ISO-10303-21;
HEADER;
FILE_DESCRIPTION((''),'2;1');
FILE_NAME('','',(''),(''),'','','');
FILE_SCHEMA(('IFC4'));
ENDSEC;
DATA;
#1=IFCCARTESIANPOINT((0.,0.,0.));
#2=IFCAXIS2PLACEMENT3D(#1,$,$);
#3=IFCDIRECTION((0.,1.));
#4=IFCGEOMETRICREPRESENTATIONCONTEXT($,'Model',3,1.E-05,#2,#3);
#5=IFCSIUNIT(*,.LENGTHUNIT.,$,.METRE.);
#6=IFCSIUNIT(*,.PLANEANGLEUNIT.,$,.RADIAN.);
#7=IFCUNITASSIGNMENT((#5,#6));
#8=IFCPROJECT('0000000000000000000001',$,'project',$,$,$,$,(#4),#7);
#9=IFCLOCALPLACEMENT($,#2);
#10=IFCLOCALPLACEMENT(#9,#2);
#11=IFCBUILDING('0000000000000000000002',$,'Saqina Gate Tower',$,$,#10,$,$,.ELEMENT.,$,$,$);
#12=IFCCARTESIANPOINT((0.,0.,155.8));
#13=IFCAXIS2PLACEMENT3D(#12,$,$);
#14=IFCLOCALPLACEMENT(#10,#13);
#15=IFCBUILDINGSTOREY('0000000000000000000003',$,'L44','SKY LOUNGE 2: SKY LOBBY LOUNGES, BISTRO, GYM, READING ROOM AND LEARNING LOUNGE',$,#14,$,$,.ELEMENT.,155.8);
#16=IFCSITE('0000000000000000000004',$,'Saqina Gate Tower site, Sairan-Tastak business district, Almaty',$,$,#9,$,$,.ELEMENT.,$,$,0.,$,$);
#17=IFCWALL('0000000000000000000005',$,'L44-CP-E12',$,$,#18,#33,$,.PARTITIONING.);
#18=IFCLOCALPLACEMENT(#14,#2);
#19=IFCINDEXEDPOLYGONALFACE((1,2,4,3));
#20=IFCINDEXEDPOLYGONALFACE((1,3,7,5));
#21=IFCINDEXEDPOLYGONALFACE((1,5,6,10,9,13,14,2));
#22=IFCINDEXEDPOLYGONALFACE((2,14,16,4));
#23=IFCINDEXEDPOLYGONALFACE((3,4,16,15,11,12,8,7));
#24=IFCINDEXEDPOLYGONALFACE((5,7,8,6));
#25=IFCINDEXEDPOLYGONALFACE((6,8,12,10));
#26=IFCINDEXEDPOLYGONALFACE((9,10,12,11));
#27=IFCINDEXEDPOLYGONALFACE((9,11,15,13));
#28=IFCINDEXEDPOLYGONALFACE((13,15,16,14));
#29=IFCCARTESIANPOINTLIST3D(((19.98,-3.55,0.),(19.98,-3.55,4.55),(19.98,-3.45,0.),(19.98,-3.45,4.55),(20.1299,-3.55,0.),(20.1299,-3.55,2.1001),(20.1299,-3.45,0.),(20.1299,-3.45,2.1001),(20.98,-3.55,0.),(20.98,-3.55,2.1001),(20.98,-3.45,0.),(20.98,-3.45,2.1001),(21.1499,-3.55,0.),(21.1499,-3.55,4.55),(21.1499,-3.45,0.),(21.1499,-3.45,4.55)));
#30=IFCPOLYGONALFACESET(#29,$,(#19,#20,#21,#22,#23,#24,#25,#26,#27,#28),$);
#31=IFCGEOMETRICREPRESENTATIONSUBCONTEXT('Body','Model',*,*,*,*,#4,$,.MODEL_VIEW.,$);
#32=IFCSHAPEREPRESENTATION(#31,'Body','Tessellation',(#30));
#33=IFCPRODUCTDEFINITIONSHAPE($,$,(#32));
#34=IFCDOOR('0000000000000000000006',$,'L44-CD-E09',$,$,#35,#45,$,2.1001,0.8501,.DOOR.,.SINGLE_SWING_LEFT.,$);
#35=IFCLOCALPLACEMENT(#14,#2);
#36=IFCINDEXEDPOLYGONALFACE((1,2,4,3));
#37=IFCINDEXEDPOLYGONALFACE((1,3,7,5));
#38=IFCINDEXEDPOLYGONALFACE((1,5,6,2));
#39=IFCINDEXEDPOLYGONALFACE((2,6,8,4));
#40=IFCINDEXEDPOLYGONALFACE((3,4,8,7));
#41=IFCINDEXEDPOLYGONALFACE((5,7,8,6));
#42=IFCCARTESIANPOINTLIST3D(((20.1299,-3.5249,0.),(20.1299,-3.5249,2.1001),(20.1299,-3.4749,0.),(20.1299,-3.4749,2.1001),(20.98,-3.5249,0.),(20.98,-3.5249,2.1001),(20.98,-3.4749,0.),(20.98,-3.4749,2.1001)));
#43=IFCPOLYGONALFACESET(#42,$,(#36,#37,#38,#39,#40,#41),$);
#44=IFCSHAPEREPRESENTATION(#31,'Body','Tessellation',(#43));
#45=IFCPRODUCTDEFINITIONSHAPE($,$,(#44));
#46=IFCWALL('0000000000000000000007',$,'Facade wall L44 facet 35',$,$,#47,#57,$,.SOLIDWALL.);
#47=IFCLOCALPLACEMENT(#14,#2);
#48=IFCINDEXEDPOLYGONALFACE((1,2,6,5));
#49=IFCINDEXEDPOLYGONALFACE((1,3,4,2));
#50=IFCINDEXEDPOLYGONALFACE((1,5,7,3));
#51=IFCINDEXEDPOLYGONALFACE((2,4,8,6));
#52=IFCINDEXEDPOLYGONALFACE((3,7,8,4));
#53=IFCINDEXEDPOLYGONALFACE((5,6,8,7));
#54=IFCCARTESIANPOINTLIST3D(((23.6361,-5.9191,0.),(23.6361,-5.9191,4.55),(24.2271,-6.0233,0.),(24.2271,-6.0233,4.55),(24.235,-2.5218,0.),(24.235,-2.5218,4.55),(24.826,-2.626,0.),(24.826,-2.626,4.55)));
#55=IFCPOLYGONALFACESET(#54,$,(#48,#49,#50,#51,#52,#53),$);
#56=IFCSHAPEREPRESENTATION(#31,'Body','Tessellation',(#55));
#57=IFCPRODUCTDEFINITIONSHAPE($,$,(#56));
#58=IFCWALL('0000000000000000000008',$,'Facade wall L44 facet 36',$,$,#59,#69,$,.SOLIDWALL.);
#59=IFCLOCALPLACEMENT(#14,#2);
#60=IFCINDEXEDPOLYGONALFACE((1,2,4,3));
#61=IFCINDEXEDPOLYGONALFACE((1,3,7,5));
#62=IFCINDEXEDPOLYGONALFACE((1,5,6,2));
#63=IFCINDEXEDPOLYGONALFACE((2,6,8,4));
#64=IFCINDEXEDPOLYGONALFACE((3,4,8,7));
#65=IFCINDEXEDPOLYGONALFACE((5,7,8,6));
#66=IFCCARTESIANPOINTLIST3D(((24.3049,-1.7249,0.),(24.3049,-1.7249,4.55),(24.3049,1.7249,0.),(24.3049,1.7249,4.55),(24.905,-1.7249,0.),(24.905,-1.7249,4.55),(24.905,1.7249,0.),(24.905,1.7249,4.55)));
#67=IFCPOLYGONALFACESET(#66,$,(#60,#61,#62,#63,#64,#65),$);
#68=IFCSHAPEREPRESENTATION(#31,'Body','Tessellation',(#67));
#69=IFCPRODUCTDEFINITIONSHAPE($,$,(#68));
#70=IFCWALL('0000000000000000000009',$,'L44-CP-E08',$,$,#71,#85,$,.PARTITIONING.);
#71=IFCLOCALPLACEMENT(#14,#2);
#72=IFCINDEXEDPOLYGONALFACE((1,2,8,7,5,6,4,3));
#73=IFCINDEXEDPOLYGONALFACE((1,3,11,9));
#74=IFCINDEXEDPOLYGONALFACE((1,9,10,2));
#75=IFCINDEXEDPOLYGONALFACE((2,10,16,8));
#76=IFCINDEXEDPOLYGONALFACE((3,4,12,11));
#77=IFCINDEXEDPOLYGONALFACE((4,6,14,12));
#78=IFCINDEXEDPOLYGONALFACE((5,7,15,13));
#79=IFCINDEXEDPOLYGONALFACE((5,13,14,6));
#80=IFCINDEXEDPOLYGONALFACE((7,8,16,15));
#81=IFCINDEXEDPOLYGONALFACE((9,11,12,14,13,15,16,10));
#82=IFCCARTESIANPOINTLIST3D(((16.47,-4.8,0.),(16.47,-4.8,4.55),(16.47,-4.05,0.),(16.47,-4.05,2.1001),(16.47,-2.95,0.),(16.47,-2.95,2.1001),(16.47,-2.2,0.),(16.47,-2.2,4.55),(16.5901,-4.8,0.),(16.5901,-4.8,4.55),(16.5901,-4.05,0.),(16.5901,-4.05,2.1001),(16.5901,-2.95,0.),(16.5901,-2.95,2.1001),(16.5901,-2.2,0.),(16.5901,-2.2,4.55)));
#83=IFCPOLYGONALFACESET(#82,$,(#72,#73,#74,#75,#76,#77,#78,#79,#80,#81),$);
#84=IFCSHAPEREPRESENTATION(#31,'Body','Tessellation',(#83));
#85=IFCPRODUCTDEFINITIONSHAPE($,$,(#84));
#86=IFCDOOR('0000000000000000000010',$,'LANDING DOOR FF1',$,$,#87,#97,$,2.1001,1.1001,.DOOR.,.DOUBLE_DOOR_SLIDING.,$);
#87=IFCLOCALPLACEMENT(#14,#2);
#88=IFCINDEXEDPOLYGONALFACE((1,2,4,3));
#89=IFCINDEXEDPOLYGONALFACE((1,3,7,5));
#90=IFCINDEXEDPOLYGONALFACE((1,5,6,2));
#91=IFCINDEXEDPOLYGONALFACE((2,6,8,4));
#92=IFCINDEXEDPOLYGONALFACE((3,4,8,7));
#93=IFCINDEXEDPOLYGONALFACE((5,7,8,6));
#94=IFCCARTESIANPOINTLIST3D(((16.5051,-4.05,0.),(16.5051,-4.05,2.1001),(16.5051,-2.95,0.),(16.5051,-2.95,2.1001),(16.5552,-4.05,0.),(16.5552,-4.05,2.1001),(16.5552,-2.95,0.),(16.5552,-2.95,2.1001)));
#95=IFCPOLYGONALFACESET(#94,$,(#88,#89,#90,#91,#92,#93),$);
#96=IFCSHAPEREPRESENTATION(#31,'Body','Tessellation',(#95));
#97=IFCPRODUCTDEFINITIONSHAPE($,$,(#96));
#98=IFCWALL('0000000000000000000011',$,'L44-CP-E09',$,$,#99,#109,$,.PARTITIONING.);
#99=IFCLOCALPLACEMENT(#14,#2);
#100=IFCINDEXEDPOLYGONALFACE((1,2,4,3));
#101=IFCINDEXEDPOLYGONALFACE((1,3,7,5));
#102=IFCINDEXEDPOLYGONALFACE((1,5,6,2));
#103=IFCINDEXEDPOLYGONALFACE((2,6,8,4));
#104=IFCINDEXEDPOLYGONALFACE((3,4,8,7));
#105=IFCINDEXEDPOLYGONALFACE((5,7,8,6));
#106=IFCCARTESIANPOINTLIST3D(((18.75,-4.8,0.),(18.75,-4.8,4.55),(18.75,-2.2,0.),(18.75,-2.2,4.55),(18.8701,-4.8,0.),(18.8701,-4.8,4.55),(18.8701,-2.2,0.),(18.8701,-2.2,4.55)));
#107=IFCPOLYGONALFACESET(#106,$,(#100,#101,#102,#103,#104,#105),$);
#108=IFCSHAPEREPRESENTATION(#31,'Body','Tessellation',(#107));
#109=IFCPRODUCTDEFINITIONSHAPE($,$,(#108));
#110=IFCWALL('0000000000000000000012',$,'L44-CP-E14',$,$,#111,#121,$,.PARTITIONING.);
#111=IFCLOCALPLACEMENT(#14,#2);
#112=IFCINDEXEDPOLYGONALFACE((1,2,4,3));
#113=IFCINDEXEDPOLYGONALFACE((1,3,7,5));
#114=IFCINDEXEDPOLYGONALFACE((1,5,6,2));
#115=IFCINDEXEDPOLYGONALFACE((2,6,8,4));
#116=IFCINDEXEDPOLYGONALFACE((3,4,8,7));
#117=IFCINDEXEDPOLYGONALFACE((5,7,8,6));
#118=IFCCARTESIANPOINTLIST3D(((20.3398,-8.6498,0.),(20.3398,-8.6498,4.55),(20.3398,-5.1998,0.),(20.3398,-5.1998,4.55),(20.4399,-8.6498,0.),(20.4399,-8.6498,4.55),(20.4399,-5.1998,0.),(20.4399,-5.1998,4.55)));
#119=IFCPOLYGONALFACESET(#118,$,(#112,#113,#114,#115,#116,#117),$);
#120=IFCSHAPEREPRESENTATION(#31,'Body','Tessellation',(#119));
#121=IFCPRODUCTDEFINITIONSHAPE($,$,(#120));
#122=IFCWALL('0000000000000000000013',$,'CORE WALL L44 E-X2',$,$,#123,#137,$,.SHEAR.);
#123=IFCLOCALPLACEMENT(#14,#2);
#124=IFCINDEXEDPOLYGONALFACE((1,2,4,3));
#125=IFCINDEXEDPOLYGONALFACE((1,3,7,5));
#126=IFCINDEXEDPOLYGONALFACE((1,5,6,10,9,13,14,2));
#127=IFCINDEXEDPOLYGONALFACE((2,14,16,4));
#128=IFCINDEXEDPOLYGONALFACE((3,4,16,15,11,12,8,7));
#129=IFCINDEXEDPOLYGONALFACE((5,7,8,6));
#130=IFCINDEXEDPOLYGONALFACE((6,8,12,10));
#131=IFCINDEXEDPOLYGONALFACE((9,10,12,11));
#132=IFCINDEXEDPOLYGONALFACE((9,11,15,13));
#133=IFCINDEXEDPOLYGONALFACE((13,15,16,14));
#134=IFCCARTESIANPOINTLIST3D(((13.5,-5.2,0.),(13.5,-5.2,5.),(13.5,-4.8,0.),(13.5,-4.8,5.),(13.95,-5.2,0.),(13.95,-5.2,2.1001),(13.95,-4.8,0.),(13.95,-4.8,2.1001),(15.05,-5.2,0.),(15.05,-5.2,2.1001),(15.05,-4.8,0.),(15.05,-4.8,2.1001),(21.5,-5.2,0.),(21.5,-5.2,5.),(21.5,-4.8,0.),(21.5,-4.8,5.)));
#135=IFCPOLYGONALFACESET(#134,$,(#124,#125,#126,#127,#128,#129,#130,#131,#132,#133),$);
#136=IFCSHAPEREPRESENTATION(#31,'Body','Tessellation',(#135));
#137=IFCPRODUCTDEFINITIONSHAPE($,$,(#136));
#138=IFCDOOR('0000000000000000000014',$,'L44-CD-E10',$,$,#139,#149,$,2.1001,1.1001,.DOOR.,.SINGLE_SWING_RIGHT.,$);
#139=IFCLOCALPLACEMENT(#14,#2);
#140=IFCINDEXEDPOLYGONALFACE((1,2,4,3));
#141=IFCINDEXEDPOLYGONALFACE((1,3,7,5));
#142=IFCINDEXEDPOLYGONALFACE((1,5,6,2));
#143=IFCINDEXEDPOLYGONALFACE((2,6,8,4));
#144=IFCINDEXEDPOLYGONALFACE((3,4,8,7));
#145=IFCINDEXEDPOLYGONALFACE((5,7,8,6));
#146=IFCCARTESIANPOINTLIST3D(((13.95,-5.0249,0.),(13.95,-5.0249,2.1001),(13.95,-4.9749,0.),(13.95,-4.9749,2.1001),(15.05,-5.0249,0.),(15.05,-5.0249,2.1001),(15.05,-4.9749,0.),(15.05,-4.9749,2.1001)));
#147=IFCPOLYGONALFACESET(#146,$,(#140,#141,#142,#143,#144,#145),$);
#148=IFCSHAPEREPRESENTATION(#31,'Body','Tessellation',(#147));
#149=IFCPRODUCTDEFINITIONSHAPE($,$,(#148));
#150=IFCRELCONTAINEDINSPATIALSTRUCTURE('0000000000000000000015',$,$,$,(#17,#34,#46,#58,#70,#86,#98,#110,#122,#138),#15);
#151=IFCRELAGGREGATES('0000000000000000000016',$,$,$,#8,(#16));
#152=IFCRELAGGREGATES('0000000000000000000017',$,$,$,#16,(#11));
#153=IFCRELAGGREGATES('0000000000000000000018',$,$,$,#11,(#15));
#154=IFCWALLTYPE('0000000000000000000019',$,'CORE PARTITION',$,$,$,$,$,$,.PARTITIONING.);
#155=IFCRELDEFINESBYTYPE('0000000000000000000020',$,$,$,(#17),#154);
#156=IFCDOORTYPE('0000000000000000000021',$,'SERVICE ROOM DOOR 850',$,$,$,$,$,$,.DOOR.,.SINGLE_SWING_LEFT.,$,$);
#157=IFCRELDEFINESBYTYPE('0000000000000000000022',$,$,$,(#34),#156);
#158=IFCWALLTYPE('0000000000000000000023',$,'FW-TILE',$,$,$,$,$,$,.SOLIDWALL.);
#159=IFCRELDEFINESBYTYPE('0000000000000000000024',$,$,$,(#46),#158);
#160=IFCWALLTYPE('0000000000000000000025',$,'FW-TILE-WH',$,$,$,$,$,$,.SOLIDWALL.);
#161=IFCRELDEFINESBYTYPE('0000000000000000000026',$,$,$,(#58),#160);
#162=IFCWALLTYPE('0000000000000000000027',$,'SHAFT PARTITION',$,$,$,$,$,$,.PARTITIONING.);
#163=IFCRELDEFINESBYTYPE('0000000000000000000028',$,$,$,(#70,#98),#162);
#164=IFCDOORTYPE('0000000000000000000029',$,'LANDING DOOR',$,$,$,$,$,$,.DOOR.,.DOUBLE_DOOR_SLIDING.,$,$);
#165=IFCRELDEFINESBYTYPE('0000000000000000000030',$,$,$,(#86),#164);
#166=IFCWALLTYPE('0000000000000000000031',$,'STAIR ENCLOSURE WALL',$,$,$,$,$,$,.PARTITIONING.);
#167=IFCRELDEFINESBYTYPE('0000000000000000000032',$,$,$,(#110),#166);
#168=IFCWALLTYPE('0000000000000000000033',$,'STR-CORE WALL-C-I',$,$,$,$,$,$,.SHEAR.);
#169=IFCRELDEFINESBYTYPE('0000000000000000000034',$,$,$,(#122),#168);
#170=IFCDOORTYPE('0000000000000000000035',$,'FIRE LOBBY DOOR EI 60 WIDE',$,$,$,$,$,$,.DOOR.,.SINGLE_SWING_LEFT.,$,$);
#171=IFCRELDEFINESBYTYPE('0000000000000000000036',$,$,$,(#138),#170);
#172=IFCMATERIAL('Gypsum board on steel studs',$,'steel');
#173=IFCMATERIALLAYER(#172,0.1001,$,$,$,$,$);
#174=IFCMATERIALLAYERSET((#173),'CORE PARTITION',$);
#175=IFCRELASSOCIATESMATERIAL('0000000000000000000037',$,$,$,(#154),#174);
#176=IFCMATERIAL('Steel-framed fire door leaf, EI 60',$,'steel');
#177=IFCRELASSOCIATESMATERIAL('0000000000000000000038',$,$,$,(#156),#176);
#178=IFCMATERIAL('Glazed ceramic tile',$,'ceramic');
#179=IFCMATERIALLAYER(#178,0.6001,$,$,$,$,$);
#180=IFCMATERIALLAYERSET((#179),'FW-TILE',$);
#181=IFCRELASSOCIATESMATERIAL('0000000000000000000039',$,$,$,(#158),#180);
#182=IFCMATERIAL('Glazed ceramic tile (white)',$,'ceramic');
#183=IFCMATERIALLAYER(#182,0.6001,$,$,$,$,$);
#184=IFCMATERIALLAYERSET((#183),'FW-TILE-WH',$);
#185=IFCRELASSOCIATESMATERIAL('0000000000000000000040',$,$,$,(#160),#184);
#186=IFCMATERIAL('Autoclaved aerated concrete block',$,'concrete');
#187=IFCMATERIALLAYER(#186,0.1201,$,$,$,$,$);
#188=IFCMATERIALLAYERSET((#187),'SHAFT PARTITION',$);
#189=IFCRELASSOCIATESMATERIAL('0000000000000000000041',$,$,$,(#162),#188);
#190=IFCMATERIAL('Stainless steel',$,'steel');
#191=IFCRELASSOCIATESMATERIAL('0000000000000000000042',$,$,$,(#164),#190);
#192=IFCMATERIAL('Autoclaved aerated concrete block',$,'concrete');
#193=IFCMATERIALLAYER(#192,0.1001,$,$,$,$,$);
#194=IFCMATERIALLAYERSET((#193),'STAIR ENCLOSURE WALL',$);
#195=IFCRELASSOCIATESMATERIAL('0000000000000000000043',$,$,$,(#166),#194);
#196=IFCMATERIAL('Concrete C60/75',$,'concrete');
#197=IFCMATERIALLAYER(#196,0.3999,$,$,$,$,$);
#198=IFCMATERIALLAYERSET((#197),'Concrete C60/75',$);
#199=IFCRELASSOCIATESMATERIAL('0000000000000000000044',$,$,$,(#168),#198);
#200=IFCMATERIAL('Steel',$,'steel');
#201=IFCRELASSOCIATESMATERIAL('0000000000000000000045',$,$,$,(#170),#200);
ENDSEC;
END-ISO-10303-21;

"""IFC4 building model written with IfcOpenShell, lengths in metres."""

from ifc_helpers import new_model, si_unit, direction, frame, frame_2d, origin, place, context, subcontext, project, spatial, rectangle, extrude, material, layer, layer_set, type_object, element, fill, save


model = new_model("IFC4")

# Units and contexts
model_context = context("Model", 3, precision=1e-05, world=origin(), true_north=direction((0.0, 1.0)))
body_context = subcontext(model_context, "Body", "Model", "MODEL_VIEW")
ifc_project = project(units=[si_unit("LENGTHUNIT", "METRE"), si_unit("PLANEANGLEUNIT", "RADIAN")], contexts=[model_context])

# Site, building, storey
site_placement = place(None, origin())
site = spatial("IfcSite", under=ifc_project, at=site_placement, Name="Saqina Gate Tower site, Sairan-Tastak business district, Almaty", CompositionType="ELEMENT", RefElevation=0.0)
building_placement = place(site_placement, origin())
building = spatial("IfcBuilding", under=site, at=building_placement, Name="Saqina Gate Tower", CompositionType="ELEMENT")
storey_placement = place(building_placement, frame((0.0, 0.0, 155.8)))
storey = spatial("IfcBuildingStorey", under=building, at=storey_placement, Name="L44", Description="SKY LOUNGE 2: SKY LOBBY LOUNGES, BISTRO, GYM, READING ROOM AND LEARNING LOUNGE", CompositionType="ELEMENT", Elevation=155.8)

# Shared definitions
ifc_material_1 = material(Name="Gypsum board on steel studs", Category="steel")
ifc_layer_1 = layer(ifc_material_1, 0.1001)
ifc_layer_set_1 = layer_set([ifc_layer_1], Name="CORE PARTITION")
wall_type_1 = type_object("IfcWallType", Name="CORE PARTITION", PredefinedType="PARTITIONING", material=ifc_layer_set_1)

# Wall, opening, door
ifc_material_2 = material(Name="Steel-framed fire door leaf, EI 60", Category="steel")
door_type_1 = type_object("IfcDoorType", Name="SERVICE ROOM DOOR 850", OperationType="SINGLE_SWING_LEFT", PredefinedType="DOOR", material=ifc_material_2)
wall_1_placement = place(storey_placement, frame((19.98, -3.5, 0.0), z_axis=(0.0, 0.0, 1.0), x_axis=(1.0, 0.0, 0.0)))
wall_1 = element("IfcWall", 1, at=wall_1_placement, inside=storey, type_object=wall_type_1, Name="L44-CP-E12", PredefinedType="PARTITIONING", context=body_context, shape_type="SweptSolid", body=[
    extrude(rectangle(XDim=1.1699, YDim=0.1001, at=frame_2d((0.585, 0.0))), origin(), (0.0, 0.0, 1.0), 4.55),
])
opening_1_placement = place(wall_1_placement, frame((0.1499, 0.0, 0.0)))
opening_1 = element("IfcOpeningElement", 2, at=opening_1_placement, cuts=wall_1, PredefinedType="OPENING", context=body_context, shape_type="SweptSolid", body=[
    extrude(rectangle(XDim=0.8501, YDim=2.1001, at=frame_2d((0.425, 1.05))), frame((0.0, 0.062, 0.0), z_axis=(0.0, -1.0, 0.0), x_axis=(1.0, 0.0, 0.0)), (0.0, 0.0, 1.0), 0.124),
])
door_1_placement = place(opening_1_placement, frame((0.8501, 0.0, 0.0), z_axis=(0.0, 0.0, 1.0), x_axis=(-1.0, 0.0, 0.0)))
door_1 = element("IfcDoor", 3, at=door_1_placement, inside=storey, type_object=door_type_1, Name="L44-CD-E09", OperationType="SINGLE_SWING_LEFT", OverallHeight=2.1001, OverallWidth=0.8501, PredefinedType="DOOR", context=body_context, shape_type="SweptSolid", body=[
    extrude(rectangle(XDim=0.8501, YDim=2.1001, at=frame_2d((0.425, 1.05))), frame((0.0, 0.0249, 0.0), z_axis=(0.0, -1.0, 0.0), x_axis=(1.0, 0.0, 0.0)), (0.0, 0.0, 1.0), 0.05),
])
fill(opening_1, door_1)

# Walls
ifc_material_3 = material(Name="Glazed ceramic tile", Category="ceramic")
ifc_layer_2 = layer(ifc_material_3, 0.6001)
ifc_layer_set_2 = layer_set([ifc_layer_2], Name="FW-TILE")
wall_type_2 = type_object("IfcWallType", Name="FW-TILE", PredefinedType="SOLIDWALL", material=ifc_layer_set_2)
wall_2_placement = place(storey_placement, frame((23.9316, -5.9712, 0.0), z_axis=(0.0, 0.0, 1.0), x_axis=(0.173608, 0.984815, 0.0)))
element("IfcWall", 4, at=wall_2_placement, inside=storey, type_object=wall_type_2, Name="Facade wall L44 facet 35", PredefinedType="SOLIDWALL", context=body_context, shape_type="SweptSolid", body=[
    extrude(rectangle(XDim=3.4497, YDim=0.6001, at=frame_2d((1.7249, 0.0))), origin(), (0.0, 0.0, 1.0), 4.55),
])
ifc_material_4 = material(Name="Glazed ceramic tile (white)", Category="ceramic")
ifc_layer_3 = layer(ifc_material_4, 0.6001)
ifc_layer_set_3 = layer_set([ifc_layer_3], Name="FW-TILE-WH")
wall_type_3 = type_object("IfcWallType", Name="FW-TILE-WH", PredefinedType="SOLIDWALL", material=ifc_layer_set_3)
wall_3_placement = place(storey_placement, frame((24.605, -1.7249, 0.0), z_axis=(0.0, 0.0, 1.0), x_axis=(0.0, 1.0, 0.0)))
element("IfcWall", 5, at=wall_3_placement, inside=storey, type_object=wall_type_3, Name="Facade wall L44 facet 36", PredefinedType="SOLIDWALL", context=body_context, shape_type="SweptSolid", body=[
    extrude(rectangle(XDim=3.4497, YDim=0.6001, at=frame_2d((1.7249, 0.0))), origin(), (0.0, 0.0, 1.0), 4.55),
])

# Wall, opening, door
ifc_material_5 = material(Name="Autoclaved aerated concrete block", Category="concrete")
ifc_layer_4 = layer(ifc_material_5, 0.1201)
ifc_layer_set_4 = layer_set([ifc_layer_4], Name="SHAFT PARTITION")
wall_type_4 = type_object("IfcWallType", Name="SHAFT PARTITION", PredefinedType="PARTITIONING", material=ifc_layer_set_4)
wall_4_placement = place(storey_placement, frame((16.53, -4.8, 0.0), z_axis=(0.0, 0.0, 1.0), x_axis=(0.0, 1.0, 0.0)))
wall_4 = element("IfcWall", 6, at=wall_4_placement, inside=storey, type_object=wall_type_4, Name="L44-CP-E08", PredefinedType="PARTITIONING", context=body_context, shape_type="SweptSolid", body=[
    extrude(rectangle(XDim=2.6001, YDim=0.1201, at=frame_2d((1.3, 0.0))), origin(), (0.0, 0.0, 1.0), 4.55),
])
opening_2_placement = place(wall_4_placement, frame((0.75, 0.0, 0.0)))
opening_2 = element("IfcOpeningElement", 7, at=opening_2_placement, cuts=wall_4, PredefinedType="OPENING", context=body_context, shape_type="SweptSolid", body=[
    extrude(rectangle(XDim=1.1001, YDim=2.1001, at=frame_2d((0.55, 1.05))), frame((0.0, 0.072, 0.0), z_axis=(0.0, -1.0, 0.0), x_axis=(1.0, 0.0, 0.0)), (0.0, 0.0, 1.0), 0.144),
])
ifc_material_6 = material(Name="Stainless steel", Category="steel")
door_type_2 = type_object("IfcDoorType", Name="LANDING DOOR", OperationType="DOUBLE_DOOR_SLIDING", PredefinedType="DOOR", material=ifc_material_6)
door_2_placement = place(opening_2_placement, origin())
door_2 = element("IfcDoor", 8, at=door_2_placement, inside=storey, type_object=door_type_2, Name="LANDING DOOR FF1", OperationType="DOUBLE_DOOR_SLIDING", OverallHeight=2.1001, OverallWidth=1.1001, PredefinedType="DOOR", context=body_context, shape_type="SweptSolid", body=[
    extrude(rectangle(XDim=1.1001, YDim=2.1001, at=frame_2d((0.55, 1.05))), frame((0.0, 0.0249, 0.0), z_axis=(0.0, -1.0, 0.0), x_axis=(1.0, 0.0, 0.0)), (0.0, 0.0, 1.0), 0.05),
])
fill(opening_2, door_2)

# Walls
wall_5_placement = place(storey_placement, frame((18.8101, -4.8, 0.0), z_axis=(0.0, 0.0, 1.0), x_axis=(0.0, 1.0, 0.0)))
element("IfcWall", 9, at=wall_5_placement, inside=storey, type_object=wall_type_4, Name="L44-CP-E09", PredefinedType="PARTITIONING", context=body_context, shape_type="SweptSolid", body=[
    extrude(rectangle(XDim=2.6001, YDim=0.1201, at=frame_2d((1.3, 0.0))), origin(), (0.0, 0.0, 1.0), 4.55),
])
ifc_material_7 = material(Name="Autoclaved aerated concrete block", Category="concrete")
ifc_layer_5 = layer(ifc_material_7, 0.1001)
ifc_layer_set_5 = layer_set([ifc_layer_5], Name="STAIR ENCLOSURE WALL")
wall_type_5 = type_object("IfcWallType", Name="STAIR ENCLOSURE WALL", PredefinedType="PARTITIONING", material=ifc_layer_set_5)
wall_6_placement = place(storey_placement, frame((20.3899, -8.6499, 0.0), z_axis=(0.0, 0.0, 1.0), x_axis=(0.0, 1.0, 0.0)))
element("IfcWall", 10, at=wall_6_placement, inside=storey, type_object=wall_type_5, Name="L44-CP-E14", PredefinedType="PARTITIONING", context=body_context, shape_type="SweptSolid", body=[
    extrude(rectangle(XDim=3.45, YDim=0.1001, at=frame_2d((1.7251, 0.0))), origin(), (0.0, 0.0, 1.0), 4.55),
])

# Wall, opening, door
ifc_material_8 = material(Name="Concrete C60/75", Category="concrete")
ifc_layer_6 = layer(ifc_material_8, 0.3999)
ifc_layer_set_6 = layer_set([ifc_layer_6], Name="Concrete C60/75")
wall_type_6 = type_object("IfcWallType", Name="STR-CORE WALL-C-I", PredefinedType="SHEAR", material=ifc_layer_set_6)
wall_7_placement = place(storey_placement, frame((13.5, -5.0, 0.0), z_axis=(0.0, 0.0, 1.0), x_axis=(1.0, 0.0, 0.0)))
wall_7 = element("IfcWall", 11, at=wall_7_placement, inside=storey, type_object=wall_type_6, Name="CORE WALL L44 E-X2", PredefinedType="SHEAR", context=body_context, shape_type="SweptSolid", body=[
    extrude(rectangle(XDim=8.0, YDim=0.3999, at=frame_2d((4.0, 0.0))), origin(), (0.0, 0.0, 1.0), 5.0),
])
opening_3_placement = place(wall_7_placement, frame((0.45, 0.0, 0.0)))
opening_3 = element("IfcOpeningElement", 12, at=opening_3_placement, cuts=wall_7, PredefinedType="OPENING", context=body_context, shape_type="SweptSolid", body=[
    extrude(rectangle(XDim=1.1001, YDim=2.1001, at=frame_2d((0.55, 1.05))), frame((0.0, 0.2119, 0.0), z_axis=(0.0, -1.0, 0.0), x_axis=(1.0, 0.0, 0.0)), (0.0, 0.0, 1.0), 0.4238),
])
ifc_material_9 = material(Name="Steel", Category="steel")
door_type_3 = type_object("IfcDoorType", Name="FIRE LOBBY DOOR EI 60 WIDE", OperationType="SINGLE_SWING_LEFT", PredefinedType="DOOR", material=ifc_material_9)
door_3_placement = place(opening_3_placement, frame((1.1001, 0.0, 0.0), z_axis=(0.0, 0.0, 1.0), x_axis=(-1.0, 0.0, 0.0)))
door_3 = element("IfcDoor", 13, at=door_3_placement, inside=storey, type_object=door_type_3, Name="L44-CD-E10", OperationType="SINGLE_SWING_RIGHT", OverallHeight=2.1001, OverallWidth=1.1001, PredefinedType="DOOR", context=body_context, shape_type="SweptSolid", body=[
    extrude(rectangle(XDim=1.1001, YDim=2.1001, at=frame_2d((0.55, 1.05))), frame((0.0, 0.0249, 0.0), z_axis=(0.0, -1.0, 0.0), x_axis=(1.0, 0.0, 0.0)), (0.0, 0.0, 1.0), 0.05),
])
fill(opening_3, door_3)

save(model, "model.ifc")
